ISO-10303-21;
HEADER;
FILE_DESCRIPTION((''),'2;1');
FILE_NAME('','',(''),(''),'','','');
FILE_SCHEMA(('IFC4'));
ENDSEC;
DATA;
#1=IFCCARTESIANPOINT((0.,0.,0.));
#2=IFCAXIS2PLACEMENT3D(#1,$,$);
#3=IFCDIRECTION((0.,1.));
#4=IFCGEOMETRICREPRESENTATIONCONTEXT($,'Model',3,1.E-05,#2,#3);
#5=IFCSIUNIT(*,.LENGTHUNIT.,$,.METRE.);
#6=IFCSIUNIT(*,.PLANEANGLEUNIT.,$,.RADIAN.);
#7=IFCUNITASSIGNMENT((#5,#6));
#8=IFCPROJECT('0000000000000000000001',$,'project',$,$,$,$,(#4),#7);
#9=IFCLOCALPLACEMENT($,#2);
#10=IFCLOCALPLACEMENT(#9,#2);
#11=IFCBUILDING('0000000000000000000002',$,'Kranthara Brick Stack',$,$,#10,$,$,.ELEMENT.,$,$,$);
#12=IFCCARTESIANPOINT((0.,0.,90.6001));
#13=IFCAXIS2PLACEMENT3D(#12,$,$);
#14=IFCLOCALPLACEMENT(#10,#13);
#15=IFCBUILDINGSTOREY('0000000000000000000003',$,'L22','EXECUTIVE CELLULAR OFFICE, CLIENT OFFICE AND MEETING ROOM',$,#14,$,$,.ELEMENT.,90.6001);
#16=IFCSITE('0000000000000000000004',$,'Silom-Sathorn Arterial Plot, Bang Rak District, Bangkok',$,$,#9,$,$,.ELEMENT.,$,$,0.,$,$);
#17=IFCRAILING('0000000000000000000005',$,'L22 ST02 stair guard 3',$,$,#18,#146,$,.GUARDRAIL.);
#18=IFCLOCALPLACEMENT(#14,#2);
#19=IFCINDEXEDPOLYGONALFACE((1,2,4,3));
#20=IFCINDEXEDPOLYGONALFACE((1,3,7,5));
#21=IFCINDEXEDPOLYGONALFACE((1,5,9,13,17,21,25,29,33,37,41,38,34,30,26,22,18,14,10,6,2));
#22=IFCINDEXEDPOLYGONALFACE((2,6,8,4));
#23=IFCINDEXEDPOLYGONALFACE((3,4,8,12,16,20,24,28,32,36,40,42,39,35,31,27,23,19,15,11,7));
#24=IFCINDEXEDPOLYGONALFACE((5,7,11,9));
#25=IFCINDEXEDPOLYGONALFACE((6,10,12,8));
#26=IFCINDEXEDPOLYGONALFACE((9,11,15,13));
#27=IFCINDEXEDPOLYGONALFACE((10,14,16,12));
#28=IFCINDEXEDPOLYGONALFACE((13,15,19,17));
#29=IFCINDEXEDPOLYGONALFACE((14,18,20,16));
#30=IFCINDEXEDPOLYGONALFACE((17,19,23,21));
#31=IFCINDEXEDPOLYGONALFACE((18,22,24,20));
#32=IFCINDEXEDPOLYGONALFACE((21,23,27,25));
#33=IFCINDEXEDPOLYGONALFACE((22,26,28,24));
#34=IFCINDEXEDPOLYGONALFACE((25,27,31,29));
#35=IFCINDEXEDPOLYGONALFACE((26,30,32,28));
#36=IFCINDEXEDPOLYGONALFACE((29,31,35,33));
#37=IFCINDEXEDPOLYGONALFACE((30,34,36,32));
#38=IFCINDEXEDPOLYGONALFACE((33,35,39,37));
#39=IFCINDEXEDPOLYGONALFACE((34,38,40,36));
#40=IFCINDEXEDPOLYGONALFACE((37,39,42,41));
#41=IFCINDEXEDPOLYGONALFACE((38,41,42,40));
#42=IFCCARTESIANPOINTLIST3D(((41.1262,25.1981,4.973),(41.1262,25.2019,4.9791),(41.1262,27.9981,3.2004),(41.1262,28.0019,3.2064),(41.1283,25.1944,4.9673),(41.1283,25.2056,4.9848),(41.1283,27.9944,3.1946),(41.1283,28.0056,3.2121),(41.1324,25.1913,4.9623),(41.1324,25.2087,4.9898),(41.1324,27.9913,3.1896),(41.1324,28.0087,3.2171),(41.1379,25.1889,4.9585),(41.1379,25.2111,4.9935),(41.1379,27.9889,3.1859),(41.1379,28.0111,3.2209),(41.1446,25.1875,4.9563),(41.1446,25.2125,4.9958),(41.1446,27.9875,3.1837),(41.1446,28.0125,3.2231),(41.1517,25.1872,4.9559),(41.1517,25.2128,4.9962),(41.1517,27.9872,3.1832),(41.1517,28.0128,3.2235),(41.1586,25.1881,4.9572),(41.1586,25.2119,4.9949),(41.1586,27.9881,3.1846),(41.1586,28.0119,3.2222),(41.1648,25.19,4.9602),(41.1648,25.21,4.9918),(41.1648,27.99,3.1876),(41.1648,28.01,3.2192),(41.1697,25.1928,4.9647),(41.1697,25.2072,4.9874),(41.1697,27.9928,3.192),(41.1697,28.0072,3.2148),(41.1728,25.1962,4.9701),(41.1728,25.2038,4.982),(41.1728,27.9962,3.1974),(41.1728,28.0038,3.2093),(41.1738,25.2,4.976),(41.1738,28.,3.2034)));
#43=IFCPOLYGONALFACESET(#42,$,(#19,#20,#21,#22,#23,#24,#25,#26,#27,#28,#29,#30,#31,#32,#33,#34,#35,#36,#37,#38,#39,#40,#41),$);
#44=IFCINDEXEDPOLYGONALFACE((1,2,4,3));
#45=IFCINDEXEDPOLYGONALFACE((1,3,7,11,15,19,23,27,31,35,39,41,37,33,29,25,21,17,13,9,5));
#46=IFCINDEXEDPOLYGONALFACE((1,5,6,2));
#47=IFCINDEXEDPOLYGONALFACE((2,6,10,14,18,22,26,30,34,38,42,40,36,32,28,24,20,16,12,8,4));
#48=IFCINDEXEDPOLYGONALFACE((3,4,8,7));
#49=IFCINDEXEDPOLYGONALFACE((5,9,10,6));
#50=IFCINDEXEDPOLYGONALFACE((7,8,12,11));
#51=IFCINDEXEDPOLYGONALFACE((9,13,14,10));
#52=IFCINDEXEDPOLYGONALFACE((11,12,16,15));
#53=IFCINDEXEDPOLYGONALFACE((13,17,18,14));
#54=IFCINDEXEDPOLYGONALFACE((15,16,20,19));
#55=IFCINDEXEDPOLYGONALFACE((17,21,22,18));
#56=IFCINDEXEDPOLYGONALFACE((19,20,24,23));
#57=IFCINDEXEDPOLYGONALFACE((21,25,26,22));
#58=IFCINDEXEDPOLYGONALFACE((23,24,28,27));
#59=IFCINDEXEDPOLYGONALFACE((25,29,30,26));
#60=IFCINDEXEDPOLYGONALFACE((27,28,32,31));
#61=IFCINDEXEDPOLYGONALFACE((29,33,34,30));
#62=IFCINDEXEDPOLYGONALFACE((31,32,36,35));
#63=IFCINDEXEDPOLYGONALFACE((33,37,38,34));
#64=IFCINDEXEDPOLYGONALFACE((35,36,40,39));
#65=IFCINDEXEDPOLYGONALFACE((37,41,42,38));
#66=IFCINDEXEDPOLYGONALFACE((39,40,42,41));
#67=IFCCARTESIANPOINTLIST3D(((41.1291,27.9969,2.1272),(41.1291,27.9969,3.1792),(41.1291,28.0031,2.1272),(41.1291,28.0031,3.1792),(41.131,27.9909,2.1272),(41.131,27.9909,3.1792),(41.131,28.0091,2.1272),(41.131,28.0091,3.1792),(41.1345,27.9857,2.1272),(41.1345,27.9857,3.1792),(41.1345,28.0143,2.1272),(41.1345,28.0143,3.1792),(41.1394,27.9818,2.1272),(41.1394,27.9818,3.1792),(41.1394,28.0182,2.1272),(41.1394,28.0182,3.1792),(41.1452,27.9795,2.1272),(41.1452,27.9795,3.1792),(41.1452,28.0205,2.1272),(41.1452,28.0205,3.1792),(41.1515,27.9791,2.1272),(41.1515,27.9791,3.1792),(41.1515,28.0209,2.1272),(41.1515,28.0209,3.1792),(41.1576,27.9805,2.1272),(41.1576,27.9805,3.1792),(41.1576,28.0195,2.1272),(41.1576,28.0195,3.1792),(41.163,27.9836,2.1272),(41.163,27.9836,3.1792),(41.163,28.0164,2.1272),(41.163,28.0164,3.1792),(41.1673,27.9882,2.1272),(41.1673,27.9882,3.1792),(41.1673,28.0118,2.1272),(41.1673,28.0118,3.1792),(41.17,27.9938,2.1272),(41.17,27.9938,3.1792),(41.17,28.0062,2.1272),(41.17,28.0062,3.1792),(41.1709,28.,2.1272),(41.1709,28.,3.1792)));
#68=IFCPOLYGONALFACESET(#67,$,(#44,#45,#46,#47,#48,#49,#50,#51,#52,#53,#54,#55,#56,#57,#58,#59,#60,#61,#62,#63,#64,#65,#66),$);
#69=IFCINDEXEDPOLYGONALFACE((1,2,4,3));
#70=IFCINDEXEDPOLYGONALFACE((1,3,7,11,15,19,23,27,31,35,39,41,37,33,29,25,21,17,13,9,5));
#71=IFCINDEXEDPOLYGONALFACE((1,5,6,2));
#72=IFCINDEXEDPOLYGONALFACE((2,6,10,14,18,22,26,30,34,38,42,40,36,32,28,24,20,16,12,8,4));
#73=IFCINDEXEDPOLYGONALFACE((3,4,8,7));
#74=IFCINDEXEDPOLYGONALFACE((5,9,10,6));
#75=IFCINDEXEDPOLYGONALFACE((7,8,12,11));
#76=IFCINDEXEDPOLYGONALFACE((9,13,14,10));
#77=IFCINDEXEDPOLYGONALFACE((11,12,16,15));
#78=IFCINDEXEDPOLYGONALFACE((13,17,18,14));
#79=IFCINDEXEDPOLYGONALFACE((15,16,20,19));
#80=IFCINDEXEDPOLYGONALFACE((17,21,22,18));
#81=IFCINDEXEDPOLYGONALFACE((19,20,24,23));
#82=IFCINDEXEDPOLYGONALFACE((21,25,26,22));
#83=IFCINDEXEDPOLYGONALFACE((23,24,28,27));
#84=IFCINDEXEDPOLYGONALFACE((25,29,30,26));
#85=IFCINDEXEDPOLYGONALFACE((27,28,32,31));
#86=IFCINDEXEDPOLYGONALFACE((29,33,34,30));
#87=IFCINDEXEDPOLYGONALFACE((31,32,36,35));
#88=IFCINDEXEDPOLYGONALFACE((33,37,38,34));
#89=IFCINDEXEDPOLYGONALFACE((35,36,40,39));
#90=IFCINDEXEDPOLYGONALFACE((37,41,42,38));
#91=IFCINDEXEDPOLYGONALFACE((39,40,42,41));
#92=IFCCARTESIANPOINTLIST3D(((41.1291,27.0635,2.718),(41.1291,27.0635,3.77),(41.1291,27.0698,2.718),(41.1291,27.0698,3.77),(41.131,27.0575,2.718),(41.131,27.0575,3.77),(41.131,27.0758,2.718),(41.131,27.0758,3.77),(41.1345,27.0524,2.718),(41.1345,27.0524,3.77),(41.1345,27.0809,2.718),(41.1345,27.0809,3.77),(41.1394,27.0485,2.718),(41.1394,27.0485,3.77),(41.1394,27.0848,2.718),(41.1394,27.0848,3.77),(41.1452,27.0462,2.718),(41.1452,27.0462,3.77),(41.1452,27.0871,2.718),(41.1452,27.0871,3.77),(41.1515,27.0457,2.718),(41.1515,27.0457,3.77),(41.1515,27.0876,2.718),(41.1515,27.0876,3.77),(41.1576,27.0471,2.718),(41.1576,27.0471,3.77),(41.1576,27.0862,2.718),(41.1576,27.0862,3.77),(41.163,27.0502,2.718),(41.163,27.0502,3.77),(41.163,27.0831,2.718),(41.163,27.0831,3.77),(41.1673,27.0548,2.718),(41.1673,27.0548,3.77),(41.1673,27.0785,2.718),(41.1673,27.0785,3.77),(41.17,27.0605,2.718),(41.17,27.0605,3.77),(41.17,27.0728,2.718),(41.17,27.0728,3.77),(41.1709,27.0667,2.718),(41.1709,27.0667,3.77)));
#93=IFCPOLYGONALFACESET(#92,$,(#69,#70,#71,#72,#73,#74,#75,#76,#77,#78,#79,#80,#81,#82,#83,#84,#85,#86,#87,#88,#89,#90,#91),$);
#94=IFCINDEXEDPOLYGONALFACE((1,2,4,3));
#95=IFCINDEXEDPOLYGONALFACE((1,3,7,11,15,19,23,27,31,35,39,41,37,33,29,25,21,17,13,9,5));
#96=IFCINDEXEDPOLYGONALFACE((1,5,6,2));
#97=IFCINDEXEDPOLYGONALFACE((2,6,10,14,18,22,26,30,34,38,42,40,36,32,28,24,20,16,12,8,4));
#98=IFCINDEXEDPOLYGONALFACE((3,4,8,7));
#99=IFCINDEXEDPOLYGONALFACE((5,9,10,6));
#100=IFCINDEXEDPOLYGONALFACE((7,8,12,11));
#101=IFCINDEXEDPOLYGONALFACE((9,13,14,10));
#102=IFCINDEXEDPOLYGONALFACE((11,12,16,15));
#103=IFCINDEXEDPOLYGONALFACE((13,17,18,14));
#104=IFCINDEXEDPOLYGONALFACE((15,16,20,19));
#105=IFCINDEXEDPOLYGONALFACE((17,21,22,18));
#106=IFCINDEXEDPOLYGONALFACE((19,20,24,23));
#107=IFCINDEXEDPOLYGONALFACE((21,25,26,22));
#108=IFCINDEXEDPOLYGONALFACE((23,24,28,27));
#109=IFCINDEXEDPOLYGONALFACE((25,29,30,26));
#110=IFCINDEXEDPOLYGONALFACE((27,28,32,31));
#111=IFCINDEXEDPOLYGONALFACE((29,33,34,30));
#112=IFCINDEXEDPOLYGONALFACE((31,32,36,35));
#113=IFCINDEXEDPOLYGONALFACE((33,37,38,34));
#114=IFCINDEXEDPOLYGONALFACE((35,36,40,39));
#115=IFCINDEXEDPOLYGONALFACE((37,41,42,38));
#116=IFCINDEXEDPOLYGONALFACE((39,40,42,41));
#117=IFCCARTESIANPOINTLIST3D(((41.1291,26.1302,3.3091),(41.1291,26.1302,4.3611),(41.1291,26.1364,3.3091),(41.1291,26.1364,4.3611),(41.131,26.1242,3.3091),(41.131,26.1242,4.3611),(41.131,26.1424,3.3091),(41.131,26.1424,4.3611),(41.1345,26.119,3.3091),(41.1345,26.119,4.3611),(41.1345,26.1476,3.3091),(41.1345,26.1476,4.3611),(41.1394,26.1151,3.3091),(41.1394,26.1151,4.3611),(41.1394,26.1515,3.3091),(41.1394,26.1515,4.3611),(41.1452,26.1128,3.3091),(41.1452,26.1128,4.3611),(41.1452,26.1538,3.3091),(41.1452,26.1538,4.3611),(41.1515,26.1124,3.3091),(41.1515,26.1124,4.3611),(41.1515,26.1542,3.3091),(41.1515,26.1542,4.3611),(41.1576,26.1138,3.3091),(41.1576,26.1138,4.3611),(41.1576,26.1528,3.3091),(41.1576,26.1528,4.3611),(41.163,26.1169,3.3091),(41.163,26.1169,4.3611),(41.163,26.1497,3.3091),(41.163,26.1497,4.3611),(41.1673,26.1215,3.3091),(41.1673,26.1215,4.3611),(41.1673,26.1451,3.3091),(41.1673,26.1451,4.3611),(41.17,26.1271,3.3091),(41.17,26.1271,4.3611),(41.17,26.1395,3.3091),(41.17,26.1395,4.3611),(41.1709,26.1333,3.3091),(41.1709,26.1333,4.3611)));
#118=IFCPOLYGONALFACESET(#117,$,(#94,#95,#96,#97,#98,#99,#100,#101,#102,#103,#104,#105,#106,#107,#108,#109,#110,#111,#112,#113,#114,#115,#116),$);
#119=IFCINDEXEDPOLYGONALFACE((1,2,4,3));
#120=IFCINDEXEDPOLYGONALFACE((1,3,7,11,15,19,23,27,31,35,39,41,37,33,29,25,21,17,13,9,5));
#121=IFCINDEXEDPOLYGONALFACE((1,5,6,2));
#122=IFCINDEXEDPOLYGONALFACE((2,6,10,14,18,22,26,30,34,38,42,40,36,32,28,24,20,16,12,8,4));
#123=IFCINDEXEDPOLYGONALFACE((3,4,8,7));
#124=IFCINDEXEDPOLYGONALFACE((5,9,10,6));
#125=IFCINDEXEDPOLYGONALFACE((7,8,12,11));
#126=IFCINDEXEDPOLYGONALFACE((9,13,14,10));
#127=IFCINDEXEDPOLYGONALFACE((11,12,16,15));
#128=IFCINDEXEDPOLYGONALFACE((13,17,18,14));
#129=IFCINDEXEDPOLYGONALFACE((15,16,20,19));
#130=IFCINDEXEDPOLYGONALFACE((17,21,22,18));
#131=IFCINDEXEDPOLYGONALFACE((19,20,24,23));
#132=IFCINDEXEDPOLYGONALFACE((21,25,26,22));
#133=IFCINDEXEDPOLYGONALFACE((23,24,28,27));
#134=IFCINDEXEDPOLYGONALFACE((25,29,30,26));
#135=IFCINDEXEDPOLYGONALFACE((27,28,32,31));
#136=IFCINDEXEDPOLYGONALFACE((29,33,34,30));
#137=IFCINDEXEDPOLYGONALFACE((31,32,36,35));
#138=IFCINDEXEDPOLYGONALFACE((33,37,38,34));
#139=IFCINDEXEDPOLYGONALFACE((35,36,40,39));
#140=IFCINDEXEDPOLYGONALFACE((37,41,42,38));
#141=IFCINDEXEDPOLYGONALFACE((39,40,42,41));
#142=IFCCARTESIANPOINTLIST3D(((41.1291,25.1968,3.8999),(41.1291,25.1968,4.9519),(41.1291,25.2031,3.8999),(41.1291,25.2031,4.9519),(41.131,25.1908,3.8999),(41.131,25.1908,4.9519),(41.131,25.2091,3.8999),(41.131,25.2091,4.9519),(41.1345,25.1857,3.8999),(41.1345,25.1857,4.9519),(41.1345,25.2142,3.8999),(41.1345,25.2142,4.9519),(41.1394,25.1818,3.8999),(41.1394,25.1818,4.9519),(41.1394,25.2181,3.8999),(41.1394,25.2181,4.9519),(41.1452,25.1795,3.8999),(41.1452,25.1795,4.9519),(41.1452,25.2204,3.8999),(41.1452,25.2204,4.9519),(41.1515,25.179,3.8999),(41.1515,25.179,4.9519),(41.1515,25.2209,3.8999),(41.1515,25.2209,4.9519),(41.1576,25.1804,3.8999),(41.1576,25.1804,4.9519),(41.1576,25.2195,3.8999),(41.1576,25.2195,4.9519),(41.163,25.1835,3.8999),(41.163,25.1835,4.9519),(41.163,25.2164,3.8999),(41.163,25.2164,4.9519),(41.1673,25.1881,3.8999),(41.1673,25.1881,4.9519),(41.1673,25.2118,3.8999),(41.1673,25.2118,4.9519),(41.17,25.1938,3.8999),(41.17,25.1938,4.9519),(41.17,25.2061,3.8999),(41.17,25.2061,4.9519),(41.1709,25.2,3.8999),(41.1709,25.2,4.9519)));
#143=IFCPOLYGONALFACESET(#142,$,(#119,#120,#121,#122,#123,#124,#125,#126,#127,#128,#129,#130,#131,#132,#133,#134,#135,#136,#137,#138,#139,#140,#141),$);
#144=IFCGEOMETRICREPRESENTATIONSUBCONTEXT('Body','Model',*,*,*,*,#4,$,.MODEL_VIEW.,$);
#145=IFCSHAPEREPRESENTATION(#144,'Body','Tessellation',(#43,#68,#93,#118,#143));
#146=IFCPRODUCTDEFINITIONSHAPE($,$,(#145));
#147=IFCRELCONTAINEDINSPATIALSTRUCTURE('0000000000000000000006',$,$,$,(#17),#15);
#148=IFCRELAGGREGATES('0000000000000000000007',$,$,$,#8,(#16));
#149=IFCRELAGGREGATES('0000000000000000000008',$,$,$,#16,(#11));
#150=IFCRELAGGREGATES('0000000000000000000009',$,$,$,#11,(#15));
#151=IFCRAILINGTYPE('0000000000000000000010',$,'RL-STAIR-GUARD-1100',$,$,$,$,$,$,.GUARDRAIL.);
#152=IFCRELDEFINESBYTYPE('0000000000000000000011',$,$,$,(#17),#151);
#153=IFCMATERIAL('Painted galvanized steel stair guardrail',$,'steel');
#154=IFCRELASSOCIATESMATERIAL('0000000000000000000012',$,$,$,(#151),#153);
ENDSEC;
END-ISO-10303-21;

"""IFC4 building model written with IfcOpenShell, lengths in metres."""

from ifc_helpers import new_model, si_unit, direction, frame, origin, origin_2d, place, context, subcontext, project, spatial, circle, extrude, material, type_object, element, save


model = new_model("IFC4")

# Units and contexts
model_context = context("Model", 3, precision=1e-05, world=origin(), true_north=direction((0.0, 1.0)))
body_context = subcontext(model_context, "Body", "Model", "MODEL_VIEW")
ifc_project = project(units=[si_unit("LENGTHUNIT", "METRE"), si_unit("PLANEANGLEUNIT", "RADIAN")], contexts=[model_context])

# Site, building, storey
site_placement = place(None, origin())
site = spatial("IfcSite", under=ifc_project, at=site_placement, Name="Silom-Sathorn Arterial Plot, Bang Rak District, Bangkok", CompositionType="ELEMENT", RefElevation=0.0)
building_placement = place(site_placement, origin())
building = spatial("IfcBuilding", under=site, at=building_placement, Name="Kranthara Brick Stack", CompositionType="ELEMENT")
storey_placement = place(building_placement, frame((0.0, 0.0, 90.6001)))
storey = spatial("IfcBuildingStorey", under=building, at=storey_placement, Name="L22", Description="EXECUTIVE CELLULAR OFFICE, CLIENT OFFICE AND MEETING ROOM", CompositionType="ELEMENT", Elevation=90.6001)

# Railing
ifc_material_1 = material(Name="Painted galvanized steel stair guardrail", Category="steel")
railing_type_1 = type_object("IfcRailingType", Name="RL-STAIR-GUARD-1100", PredefinedType="GUARDRAIL", material=ifc_material_1)
railing_1_placement = place(storey_placement, frame((41.1499, 28.0, 2.1272)))
element("IfcRailing", 1, at=railing_1_placement, inside=storey, type_object=railing_type_1, Name="L22 ST02 stair guard 3", PredefinedType="GUARDRAIL", context=body_context, shape_type="SweptSolid", body=[
    extrude(circle(Radius=0.0239, at=origin_2d()), frame((0.0, 0.0, 1.0762), z_axis=(0.0, -0.844909, 0.53491), x_axis=(1.0, 0.0, 0.0)), (0.0, 0.0, 1.0), 3.314),
    extrude(circle(Radius=0.021, at=origin_2d()), origin(), (0.0, 0.0, 1.0), 1.052),
    extrude(circle(Radius=0.021, at=origin_2d()), frame((0.0, -0.9333, 0.5908)), (0.0, 0.0, 1.0), 1.052),
    extrude(circle(Radius=0.021, at=origin_2d()), frame((0.0, -1.8667, 1.1819)), (0.0, 0.0, 1.0), 1.052),
    extrude(circle(Radius=0.021, at=origin_2d()), frame((0.0, -2.8, 1.7727)), (0.0, 0.0, 1.0), 1.052),
])

save(model, "model.ifc")
